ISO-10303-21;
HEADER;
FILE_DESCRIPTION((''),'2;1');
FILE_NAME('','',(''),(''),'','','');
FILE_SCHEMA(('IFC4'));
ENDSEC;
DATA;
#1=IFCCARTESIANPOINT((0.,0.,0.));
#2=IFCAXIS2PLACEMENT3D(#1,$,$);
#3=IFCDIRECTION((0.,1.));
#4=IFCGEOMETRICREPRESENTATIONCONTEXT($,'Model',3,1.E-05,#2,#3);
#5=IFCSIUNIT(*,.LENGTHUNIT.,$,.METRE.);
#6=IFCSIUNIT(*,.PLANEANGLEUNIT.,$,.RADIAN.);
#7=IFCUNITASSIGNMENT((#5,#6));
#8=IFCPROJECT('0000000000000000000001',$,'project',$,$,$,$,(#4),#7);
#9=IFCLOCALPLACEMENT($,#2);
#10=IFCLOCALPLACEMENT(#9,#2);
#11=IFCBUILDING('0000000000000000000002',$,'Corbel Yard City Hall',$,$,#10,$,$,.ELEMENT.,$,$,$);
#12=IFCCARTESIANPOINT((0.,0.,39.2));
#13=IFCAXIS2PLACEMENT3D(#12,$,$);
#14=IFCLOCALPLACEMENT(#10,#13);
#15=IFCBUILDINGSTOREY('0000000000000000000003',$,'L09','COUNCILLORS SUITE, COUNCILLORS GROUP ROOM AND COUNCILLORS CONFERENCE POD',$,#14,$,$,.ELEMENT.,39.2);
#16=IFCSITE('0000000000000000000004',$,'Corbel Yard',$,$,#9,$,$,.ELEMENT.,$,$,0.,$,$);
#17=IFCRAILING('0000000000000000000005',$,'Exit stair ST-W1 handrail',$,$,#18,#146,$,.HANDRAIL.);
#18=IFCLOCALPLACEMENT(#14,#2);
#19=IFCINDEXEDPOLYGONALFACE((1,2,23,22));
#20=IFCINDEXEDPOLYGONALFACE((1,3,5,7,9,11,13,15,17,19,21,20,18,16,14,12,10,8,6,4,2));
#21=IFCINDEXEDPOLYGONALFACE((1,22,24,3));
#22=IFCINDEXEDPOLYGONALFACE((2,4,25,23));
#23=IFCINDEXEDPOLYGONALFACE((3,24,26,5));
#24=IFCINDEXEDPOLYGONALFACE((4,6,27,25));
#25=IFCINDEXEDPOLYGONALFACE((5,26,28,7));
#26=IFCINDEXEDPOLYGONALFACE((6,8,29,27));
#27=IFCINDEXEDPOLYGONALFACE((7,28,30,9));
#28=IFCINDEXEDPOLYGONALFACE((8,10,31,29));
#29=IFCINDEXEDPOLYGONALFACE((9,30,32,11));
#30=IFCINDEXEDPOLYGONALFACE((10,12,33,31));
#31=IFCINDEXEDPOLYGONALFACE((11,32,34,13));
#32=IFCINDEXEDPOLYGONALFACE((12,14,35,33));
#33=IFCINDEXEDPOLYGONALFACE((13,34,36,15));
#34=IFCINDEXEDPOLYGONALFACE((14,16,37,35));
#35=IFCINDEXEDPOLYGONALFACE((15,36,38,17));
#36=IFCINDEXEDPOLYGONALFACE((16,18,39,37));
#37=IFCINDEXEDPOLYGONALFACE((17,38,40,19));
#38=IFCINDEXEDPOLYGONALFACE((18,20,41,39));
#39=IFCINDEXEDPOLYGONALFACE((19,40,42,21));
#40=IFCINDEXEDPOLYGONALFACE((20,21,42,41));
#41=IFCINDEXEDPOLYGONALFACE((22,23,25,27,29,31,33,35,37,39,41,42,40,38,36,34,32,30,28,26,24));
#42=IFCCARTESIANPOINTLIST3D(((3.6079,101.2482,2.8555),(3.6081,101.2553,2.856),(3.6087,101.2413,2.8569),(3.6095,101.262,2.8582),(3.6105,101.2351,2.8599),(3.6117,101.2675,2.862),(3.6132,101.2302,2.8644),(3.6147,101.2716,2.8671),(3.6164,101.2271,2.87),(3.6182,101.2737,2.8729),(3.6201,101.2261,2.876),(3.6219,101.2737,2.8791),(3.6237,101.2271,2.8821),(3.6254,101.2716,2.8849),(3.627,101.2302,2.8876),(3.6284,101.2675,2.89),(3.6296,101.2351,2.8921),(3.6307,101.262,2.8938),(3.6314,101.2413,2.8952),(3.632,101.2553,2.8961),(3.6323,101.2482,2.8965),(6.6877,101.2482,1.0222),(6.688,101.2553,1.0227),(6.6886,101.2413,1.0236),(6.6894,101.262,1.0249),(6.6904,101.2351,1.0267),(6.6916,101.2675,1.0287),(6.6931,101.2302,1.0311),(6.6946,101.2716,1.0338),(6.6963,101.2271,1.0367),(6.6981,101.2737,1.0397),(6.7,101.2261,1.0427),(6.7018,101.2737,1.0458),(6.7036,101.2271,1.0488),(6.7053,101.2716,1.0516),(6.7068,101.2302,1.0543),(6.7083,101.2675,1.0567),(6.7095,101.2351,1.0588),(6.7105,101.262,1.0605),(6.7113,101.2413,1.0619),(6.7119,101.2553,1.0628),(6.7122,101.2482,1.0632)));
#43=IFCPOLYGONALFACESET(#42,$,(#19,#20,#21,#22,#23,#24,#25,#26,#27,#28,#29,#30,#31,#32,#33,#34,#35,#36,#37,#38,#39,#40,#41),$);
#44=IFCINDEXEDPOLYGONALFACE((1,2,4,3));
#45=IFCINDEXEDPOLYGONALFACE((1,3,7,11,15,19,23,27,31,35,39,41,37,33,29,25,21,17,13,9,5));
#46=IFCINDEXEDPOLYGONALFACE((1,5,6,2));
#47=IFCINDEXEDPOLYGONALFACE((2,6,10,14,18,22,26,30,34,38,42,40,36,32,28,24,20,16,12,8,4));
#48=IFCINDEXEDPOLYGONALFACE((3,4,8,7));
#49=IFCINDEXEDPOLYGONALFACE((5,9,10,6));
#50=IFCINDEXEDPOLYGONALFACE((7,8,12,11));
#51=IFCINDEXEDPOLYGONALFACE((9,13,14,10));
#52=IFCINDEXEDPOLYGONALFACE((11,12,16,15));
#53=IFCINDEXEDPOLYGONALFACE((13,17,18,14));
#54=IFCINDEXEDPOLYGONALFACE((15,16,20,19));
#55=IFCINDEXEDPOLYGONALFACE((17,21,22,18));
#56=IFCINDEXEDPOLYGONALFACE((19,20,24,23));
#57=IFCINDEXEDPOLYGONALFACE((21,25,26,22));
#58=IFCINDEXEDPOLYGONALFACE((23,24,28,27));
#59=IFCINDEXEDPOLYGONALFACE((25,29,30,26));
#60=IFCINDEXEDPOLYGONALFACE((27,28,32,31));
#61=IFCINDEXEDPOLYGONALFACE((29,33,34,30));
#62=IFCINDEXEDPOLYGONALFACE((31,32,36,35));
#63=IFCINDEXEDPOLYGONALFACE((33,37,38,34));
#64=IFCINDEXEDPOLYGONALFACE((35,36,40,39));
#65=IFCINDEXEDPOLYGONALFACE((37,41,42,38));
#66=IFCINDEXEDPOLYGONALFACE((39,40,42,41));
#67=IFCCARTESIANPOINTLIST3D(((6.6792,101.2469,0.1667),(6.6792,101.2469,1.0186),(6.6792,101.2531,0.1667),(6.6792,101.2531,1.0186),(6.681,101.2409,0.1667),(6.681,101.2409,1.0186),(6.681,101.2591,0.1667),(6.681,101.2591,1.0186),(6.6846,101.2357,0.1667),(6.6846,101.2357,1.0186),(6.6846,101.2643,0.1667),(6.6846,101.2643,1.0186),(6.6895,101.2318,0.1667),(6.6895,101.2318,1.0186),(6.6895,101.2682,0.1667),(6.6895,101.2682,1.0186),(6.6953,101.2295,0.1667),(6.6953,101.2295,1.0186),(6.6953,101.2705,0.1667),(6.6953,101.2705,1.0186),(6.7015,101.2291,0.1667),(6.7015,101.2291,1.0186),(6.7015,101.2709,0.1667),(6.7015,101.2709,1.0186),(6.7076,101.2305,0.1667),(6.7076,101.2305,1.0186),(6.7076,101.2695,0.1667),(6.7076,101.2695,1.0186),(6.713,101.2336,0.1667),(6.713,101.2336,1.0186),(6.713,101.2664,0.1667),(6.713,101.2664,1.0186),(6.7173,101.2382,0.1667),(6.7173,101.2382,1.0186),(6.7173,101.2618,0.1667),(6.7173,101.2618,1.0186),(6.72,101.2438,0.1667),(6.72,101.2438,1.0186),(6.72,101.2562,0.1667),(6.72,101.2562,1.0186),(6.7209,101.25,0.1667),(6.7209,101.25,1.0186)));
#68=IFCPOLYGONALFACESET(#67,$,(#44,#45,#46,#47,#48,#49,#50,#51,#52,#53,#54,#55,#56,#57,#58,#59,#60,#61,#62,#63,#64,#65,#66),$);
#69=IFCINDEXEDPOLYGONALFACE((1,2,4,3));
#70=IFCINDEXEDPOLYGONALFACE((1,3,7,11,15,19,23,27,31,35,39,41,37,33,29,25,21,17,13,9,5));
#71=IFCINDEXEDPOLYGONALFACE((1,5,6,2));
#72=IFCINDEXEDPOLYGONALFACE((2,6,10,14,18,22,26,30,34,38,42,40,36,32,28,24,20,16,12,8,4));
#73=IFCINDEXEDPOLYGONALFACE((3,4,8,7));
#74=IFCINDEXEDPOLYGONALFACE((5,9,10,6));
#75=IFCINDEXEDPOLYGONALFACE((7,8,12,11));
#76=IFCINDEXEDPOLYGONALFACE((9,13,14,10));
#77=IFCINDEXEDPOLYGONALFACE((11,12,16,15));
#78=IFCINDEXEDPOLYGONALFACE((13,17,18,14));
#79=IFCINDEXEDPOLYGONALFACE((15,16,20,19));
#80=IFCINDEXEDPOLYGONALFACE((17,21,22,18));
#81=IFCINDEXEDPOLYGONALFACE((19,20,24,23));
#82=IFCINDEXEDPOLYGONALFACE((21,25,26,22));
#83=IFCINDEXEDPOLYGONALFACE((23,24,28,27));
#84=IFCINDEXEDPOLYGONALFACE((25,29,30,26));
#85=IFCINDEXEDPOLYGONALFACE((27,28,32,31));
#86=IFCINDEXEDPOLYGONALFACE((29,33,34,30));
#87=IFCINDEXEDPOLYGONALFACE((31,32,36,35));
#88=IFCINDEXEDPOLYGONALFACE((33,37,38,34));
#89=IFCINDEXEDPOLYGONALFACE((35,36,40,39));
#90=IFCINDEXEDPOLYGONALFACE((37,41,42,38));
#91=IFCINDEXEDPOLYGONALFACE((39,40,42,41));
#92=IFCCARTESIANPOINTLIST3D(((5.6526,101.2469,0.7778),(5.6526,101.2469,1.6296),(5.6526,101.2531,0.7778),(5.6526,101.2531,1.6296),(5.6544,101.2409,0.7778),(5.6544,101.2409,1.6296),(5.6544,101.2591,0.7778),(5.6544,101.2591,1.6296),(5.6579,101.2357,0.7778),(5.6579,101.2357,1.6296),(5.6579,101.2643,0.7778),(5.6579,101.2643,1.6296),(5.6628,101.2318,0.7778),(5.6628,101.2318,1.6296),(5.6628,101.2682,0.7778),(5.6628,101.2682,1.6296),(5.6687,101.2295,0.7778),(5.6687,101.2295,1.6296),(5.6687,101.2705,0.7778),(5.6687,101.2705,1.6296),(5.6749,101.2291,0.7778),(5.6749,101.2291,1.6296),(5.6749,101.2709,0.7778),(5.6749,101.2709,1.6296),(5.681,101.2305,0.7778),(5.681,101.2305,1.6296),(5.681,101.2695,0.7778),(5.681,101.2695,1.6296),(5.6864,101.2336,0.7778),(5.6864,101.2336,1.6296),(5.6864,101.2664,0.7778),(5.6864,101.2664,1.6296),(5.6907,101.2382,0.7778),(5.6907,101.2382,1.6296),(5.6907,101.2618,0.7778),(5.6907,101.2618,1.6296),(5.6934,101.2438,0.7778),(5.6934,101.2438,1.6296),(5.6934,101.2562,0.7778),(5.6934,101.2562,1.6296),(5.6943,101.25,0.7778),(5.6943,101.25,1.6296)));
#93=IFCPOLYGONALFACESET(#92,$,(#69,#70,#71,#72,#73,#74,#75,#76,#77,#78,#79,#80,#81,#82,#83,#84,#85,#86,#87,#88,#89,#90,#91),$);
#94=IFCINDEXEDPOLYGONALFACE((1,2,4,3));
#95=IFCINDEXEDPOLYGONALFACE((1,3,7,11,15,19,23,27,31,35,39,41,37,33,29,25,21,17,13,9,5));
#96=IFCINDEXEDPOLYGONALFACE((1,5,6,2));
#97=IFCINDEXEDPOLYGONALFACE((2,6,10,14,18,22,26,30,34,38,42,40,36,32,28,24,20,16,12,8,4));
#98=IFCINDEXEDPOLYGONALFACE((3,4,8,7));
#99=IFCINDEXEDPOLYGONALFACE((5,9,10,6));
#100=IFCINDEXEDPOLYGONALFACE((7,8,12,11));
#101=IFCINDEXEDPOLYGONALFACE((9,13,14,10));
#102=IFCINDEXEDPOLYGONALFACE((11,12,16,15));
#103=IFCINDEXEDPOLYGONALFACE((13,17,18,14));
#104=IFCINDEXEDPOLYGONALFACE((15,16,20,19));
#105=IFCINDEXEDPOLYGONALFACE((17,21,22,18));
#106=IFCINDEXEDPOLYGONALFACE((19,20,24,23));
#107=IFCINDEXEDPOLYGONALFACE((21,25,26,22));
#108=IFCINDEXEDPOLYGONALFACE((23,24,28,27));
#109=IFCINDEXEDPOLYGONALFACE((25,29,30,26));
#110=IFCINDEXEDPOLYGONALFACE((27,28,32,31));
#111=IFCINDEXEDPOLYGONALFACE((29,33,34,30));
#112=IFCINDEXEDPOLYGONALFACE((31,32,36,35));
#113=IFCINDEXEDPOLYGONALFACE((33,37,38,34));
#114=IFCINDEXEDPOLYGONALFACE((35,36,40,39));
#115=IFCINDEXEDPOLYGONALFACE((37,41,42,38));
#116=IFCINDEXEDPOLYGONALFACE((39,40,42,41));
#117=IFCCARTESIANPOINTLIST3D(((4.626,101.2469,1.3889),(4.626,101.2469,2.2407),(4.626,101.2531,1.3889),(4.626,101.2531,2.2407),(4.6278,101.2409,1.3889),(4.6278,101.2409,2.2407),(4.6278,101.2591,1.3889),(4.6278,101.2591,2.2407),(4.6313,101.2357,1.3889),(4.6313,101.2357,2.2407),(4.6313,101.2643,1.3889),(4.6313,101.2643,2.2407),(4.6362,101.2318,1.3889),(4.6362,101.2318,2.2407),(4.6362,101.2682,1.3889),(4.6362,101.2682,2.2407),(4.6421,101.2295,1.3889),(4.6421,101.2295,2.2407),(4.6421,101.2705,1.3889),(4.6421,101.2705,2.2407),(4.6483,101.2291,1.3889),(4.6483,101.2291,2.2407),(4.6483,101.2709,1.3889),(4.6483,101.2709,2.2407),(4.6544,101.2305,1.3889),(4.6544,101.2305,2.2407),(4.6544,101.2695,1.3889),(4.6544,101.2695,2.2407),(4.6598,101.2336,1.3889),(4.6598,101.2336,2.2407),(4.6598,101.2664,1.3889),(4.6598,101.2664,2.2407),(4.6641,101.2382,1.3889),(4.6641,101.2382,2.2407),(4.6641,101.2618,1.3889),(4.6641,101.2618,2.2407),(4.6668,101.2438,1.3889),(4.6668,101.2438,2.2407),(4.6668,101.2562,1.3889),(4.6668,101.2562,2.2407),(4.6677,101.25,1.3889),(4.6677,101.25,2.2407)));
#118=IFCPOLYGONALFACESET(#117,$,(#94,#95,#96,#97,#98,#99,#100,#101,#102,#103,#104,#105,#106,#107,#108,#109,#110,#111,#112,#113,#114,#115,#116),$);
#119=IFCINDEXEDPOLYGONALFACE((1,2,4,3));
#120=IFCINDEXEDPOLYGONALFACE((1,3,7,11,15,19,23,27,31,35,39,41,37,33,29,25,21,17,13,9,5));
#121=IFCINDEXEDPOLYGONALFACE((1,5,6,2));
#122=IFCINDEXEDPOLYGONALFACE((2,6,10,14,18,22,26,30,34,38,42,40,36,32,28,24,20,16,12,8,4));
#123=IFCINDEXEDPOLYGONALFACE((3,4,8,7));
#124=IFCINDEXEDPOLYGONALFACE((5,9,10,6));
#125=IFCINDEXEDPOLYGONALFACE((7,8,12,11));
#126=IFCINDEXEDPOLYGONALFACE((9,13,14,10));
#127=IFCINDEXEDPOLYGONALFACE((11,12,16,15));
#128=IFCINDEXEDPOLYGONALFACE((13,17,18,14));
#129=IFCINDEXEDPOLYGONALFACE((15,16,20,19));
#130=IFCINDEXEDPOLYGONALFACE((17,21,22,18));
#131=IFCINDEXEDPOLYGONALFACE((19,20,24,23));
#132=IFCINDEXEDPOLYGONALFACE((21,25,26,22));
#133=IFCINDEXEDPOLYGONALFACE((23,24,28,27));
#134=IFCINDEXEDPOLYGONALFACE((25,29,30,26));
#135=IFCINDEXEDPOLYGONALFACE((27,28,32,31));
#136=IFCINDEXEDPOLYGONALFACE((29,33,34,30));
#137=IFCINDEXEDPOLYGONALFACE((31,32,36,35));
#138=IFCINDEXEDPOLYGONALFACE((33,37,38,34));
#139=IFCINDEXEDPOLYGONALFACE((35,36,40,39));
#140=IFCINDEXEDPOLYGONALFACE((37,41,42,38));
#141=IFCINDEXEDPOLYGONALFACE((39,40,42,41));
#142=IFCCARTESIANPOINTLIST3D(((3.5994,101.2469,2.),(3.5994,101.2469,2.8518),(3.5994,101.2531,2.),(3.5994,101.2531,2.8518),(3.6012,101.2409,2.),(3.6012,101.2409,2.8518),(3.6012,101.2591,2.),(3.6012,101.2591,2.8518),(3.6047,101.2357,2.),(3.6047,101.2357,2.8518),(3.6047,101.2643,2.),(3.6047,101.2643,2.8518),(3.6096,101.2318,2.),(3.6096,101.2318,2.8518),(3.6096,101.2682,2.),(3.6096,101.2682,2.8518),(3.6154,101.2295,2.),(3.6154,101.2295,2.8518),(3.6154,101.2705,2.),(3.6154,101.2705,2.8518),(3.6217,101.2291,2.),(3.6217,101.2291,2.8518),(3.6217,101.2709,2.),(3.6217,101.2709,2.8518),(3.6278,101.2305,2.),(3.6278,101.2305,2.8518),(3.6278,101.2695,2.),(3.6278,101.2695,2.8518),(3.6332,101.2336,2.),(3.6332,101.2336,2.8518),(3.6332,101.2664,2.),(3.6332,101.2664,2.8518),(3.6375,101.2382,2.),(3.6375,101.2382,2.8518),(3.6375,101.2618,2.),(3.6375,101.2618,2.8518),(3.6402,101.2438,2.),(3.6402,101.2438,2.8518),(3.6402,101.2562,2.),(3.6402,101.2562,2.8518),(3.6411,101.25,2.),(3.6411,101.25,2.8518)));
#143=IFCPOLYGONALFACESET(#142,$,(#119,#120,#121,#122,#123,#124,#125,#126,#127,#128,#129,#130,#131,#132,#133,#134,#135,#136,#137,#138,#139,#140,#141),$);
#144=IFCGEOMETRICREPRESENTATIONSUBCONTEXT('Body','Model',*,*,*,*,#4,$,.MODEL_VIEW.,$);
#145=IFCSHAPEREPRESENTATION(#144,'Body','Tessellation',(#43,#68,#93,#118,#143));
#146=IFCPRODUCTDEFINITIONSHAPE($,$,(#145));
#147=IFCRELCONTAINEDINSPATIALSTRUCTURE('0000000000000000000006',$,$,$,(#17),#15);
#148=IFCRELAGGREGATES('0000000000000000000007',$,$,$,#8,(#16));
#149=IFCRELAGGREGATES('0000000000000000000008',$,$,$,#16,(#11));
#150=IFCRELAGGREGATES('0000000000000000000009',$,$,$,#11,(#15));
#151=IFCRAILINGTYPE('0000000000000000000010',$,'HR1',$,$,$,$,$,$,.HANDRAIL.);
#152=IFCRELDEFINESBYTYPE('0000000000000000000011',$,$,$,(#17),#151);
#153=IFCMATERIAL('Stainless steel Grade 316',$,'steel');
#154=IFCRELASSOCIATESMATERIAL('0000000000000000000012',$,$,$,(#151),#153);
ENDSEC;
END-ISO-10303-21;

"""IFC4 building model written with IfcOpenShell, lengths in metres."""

from ifc_helpers import new_model, si_unit, direction, frame, origin, origin_2d, place, context, subcontext, project, spatial, circle, extrude, material, type_object, element, save


model = new_model("IFC4")

# Units and contexts
model_context = context("Model", 3, precision=1e-05, world=origin(), true_north=direction((0.0, 1.0)))
body_context = subcontext(model_context, "Body", "Model", "MODEL_VIEW")
ifc_project = project(units=[si_unit("LENGTHUNIT", "METRE"), si_unit("PLANEANGLEUNIT", "RADIAN")], contexts=[model_context])

# Site, building, storey
site_placement = place(None, origin())
site = spatial("IfcSite", under=ifc_project, at=site_placement, Name="Corbel Yard", CompositionType="ELEMENT", RefElevation=0.0)
building_placement = place(site_placement, origin())
building = spatial("IfcBuilding", under=site, at=building_placement, Name="Corbel Yard City Hall", CompositionType="ELEMENT")
storey_placement = place(building_placement, frame((0.0, 0.0, 39.2)))
storey = spatial("IfcBuildingStorey", under=building, at=storey_placement, Name="L09", Description="COUNCILLORS SUITE, COUNCILLORS GROUP ROOM AND COUNCILLORS CONFERENCE POD", CompositionType="ELEMENT", Elevation=39.2)

# Shared definitions
ifc_material_1 = material(Name="Stainless steel Grade 316", Category="steel")

# Railing
railing_type = type_object("IfcRailingType", Name="HR1", PredefinedType="HANDRAIL", material=ifc_material_1)
for number, where, name in (
    (1, (6.7, 101.25, 0.1667), "Exit stair ST-W1 handrail"),
):
    element("IfcRailing", number, at=place(storey_placement, frame(where)), inside=storey, type_object=railing_type, Name=name, PredefinedType="HANDRAIL", context=body_context, shape_type="SweptSolid", body=[
        extrude(circle(Radius=0.0239, at=origin_2d()), frame((0.0, 0.0, 0.876), z_axis=(-0.859291, 0.0, 0.511487), x_axis=(0.0, -1.0, 0.0)), (0.0, 0.0, 1.0), 3.5842),
        extrude(circle(Radius=0.021, at=origin_2d()), origin(), (0.0, 0.0, 1.0), 0.8518),
        extrude(circle(Radius=0.021, at=origin_2d()), frame((-1.0266, 0.0, 0.6111)), (0.0, 0.0, 1.0), 0.8518),
        extrude(circle(Radius=0.021, at=origin_2d()), frame((-2.0532, 0.0, 1.2222)), (0.0, 0.0, 1.0), 0.8518),
        extrude(circle(Radius=0.021, at=origin_2d()), frame((-3.0798, 0.0, 1.8333)), (0.0, 0.0, 1.0), 0.8518),
    ])

save(model, "model.ifc")
